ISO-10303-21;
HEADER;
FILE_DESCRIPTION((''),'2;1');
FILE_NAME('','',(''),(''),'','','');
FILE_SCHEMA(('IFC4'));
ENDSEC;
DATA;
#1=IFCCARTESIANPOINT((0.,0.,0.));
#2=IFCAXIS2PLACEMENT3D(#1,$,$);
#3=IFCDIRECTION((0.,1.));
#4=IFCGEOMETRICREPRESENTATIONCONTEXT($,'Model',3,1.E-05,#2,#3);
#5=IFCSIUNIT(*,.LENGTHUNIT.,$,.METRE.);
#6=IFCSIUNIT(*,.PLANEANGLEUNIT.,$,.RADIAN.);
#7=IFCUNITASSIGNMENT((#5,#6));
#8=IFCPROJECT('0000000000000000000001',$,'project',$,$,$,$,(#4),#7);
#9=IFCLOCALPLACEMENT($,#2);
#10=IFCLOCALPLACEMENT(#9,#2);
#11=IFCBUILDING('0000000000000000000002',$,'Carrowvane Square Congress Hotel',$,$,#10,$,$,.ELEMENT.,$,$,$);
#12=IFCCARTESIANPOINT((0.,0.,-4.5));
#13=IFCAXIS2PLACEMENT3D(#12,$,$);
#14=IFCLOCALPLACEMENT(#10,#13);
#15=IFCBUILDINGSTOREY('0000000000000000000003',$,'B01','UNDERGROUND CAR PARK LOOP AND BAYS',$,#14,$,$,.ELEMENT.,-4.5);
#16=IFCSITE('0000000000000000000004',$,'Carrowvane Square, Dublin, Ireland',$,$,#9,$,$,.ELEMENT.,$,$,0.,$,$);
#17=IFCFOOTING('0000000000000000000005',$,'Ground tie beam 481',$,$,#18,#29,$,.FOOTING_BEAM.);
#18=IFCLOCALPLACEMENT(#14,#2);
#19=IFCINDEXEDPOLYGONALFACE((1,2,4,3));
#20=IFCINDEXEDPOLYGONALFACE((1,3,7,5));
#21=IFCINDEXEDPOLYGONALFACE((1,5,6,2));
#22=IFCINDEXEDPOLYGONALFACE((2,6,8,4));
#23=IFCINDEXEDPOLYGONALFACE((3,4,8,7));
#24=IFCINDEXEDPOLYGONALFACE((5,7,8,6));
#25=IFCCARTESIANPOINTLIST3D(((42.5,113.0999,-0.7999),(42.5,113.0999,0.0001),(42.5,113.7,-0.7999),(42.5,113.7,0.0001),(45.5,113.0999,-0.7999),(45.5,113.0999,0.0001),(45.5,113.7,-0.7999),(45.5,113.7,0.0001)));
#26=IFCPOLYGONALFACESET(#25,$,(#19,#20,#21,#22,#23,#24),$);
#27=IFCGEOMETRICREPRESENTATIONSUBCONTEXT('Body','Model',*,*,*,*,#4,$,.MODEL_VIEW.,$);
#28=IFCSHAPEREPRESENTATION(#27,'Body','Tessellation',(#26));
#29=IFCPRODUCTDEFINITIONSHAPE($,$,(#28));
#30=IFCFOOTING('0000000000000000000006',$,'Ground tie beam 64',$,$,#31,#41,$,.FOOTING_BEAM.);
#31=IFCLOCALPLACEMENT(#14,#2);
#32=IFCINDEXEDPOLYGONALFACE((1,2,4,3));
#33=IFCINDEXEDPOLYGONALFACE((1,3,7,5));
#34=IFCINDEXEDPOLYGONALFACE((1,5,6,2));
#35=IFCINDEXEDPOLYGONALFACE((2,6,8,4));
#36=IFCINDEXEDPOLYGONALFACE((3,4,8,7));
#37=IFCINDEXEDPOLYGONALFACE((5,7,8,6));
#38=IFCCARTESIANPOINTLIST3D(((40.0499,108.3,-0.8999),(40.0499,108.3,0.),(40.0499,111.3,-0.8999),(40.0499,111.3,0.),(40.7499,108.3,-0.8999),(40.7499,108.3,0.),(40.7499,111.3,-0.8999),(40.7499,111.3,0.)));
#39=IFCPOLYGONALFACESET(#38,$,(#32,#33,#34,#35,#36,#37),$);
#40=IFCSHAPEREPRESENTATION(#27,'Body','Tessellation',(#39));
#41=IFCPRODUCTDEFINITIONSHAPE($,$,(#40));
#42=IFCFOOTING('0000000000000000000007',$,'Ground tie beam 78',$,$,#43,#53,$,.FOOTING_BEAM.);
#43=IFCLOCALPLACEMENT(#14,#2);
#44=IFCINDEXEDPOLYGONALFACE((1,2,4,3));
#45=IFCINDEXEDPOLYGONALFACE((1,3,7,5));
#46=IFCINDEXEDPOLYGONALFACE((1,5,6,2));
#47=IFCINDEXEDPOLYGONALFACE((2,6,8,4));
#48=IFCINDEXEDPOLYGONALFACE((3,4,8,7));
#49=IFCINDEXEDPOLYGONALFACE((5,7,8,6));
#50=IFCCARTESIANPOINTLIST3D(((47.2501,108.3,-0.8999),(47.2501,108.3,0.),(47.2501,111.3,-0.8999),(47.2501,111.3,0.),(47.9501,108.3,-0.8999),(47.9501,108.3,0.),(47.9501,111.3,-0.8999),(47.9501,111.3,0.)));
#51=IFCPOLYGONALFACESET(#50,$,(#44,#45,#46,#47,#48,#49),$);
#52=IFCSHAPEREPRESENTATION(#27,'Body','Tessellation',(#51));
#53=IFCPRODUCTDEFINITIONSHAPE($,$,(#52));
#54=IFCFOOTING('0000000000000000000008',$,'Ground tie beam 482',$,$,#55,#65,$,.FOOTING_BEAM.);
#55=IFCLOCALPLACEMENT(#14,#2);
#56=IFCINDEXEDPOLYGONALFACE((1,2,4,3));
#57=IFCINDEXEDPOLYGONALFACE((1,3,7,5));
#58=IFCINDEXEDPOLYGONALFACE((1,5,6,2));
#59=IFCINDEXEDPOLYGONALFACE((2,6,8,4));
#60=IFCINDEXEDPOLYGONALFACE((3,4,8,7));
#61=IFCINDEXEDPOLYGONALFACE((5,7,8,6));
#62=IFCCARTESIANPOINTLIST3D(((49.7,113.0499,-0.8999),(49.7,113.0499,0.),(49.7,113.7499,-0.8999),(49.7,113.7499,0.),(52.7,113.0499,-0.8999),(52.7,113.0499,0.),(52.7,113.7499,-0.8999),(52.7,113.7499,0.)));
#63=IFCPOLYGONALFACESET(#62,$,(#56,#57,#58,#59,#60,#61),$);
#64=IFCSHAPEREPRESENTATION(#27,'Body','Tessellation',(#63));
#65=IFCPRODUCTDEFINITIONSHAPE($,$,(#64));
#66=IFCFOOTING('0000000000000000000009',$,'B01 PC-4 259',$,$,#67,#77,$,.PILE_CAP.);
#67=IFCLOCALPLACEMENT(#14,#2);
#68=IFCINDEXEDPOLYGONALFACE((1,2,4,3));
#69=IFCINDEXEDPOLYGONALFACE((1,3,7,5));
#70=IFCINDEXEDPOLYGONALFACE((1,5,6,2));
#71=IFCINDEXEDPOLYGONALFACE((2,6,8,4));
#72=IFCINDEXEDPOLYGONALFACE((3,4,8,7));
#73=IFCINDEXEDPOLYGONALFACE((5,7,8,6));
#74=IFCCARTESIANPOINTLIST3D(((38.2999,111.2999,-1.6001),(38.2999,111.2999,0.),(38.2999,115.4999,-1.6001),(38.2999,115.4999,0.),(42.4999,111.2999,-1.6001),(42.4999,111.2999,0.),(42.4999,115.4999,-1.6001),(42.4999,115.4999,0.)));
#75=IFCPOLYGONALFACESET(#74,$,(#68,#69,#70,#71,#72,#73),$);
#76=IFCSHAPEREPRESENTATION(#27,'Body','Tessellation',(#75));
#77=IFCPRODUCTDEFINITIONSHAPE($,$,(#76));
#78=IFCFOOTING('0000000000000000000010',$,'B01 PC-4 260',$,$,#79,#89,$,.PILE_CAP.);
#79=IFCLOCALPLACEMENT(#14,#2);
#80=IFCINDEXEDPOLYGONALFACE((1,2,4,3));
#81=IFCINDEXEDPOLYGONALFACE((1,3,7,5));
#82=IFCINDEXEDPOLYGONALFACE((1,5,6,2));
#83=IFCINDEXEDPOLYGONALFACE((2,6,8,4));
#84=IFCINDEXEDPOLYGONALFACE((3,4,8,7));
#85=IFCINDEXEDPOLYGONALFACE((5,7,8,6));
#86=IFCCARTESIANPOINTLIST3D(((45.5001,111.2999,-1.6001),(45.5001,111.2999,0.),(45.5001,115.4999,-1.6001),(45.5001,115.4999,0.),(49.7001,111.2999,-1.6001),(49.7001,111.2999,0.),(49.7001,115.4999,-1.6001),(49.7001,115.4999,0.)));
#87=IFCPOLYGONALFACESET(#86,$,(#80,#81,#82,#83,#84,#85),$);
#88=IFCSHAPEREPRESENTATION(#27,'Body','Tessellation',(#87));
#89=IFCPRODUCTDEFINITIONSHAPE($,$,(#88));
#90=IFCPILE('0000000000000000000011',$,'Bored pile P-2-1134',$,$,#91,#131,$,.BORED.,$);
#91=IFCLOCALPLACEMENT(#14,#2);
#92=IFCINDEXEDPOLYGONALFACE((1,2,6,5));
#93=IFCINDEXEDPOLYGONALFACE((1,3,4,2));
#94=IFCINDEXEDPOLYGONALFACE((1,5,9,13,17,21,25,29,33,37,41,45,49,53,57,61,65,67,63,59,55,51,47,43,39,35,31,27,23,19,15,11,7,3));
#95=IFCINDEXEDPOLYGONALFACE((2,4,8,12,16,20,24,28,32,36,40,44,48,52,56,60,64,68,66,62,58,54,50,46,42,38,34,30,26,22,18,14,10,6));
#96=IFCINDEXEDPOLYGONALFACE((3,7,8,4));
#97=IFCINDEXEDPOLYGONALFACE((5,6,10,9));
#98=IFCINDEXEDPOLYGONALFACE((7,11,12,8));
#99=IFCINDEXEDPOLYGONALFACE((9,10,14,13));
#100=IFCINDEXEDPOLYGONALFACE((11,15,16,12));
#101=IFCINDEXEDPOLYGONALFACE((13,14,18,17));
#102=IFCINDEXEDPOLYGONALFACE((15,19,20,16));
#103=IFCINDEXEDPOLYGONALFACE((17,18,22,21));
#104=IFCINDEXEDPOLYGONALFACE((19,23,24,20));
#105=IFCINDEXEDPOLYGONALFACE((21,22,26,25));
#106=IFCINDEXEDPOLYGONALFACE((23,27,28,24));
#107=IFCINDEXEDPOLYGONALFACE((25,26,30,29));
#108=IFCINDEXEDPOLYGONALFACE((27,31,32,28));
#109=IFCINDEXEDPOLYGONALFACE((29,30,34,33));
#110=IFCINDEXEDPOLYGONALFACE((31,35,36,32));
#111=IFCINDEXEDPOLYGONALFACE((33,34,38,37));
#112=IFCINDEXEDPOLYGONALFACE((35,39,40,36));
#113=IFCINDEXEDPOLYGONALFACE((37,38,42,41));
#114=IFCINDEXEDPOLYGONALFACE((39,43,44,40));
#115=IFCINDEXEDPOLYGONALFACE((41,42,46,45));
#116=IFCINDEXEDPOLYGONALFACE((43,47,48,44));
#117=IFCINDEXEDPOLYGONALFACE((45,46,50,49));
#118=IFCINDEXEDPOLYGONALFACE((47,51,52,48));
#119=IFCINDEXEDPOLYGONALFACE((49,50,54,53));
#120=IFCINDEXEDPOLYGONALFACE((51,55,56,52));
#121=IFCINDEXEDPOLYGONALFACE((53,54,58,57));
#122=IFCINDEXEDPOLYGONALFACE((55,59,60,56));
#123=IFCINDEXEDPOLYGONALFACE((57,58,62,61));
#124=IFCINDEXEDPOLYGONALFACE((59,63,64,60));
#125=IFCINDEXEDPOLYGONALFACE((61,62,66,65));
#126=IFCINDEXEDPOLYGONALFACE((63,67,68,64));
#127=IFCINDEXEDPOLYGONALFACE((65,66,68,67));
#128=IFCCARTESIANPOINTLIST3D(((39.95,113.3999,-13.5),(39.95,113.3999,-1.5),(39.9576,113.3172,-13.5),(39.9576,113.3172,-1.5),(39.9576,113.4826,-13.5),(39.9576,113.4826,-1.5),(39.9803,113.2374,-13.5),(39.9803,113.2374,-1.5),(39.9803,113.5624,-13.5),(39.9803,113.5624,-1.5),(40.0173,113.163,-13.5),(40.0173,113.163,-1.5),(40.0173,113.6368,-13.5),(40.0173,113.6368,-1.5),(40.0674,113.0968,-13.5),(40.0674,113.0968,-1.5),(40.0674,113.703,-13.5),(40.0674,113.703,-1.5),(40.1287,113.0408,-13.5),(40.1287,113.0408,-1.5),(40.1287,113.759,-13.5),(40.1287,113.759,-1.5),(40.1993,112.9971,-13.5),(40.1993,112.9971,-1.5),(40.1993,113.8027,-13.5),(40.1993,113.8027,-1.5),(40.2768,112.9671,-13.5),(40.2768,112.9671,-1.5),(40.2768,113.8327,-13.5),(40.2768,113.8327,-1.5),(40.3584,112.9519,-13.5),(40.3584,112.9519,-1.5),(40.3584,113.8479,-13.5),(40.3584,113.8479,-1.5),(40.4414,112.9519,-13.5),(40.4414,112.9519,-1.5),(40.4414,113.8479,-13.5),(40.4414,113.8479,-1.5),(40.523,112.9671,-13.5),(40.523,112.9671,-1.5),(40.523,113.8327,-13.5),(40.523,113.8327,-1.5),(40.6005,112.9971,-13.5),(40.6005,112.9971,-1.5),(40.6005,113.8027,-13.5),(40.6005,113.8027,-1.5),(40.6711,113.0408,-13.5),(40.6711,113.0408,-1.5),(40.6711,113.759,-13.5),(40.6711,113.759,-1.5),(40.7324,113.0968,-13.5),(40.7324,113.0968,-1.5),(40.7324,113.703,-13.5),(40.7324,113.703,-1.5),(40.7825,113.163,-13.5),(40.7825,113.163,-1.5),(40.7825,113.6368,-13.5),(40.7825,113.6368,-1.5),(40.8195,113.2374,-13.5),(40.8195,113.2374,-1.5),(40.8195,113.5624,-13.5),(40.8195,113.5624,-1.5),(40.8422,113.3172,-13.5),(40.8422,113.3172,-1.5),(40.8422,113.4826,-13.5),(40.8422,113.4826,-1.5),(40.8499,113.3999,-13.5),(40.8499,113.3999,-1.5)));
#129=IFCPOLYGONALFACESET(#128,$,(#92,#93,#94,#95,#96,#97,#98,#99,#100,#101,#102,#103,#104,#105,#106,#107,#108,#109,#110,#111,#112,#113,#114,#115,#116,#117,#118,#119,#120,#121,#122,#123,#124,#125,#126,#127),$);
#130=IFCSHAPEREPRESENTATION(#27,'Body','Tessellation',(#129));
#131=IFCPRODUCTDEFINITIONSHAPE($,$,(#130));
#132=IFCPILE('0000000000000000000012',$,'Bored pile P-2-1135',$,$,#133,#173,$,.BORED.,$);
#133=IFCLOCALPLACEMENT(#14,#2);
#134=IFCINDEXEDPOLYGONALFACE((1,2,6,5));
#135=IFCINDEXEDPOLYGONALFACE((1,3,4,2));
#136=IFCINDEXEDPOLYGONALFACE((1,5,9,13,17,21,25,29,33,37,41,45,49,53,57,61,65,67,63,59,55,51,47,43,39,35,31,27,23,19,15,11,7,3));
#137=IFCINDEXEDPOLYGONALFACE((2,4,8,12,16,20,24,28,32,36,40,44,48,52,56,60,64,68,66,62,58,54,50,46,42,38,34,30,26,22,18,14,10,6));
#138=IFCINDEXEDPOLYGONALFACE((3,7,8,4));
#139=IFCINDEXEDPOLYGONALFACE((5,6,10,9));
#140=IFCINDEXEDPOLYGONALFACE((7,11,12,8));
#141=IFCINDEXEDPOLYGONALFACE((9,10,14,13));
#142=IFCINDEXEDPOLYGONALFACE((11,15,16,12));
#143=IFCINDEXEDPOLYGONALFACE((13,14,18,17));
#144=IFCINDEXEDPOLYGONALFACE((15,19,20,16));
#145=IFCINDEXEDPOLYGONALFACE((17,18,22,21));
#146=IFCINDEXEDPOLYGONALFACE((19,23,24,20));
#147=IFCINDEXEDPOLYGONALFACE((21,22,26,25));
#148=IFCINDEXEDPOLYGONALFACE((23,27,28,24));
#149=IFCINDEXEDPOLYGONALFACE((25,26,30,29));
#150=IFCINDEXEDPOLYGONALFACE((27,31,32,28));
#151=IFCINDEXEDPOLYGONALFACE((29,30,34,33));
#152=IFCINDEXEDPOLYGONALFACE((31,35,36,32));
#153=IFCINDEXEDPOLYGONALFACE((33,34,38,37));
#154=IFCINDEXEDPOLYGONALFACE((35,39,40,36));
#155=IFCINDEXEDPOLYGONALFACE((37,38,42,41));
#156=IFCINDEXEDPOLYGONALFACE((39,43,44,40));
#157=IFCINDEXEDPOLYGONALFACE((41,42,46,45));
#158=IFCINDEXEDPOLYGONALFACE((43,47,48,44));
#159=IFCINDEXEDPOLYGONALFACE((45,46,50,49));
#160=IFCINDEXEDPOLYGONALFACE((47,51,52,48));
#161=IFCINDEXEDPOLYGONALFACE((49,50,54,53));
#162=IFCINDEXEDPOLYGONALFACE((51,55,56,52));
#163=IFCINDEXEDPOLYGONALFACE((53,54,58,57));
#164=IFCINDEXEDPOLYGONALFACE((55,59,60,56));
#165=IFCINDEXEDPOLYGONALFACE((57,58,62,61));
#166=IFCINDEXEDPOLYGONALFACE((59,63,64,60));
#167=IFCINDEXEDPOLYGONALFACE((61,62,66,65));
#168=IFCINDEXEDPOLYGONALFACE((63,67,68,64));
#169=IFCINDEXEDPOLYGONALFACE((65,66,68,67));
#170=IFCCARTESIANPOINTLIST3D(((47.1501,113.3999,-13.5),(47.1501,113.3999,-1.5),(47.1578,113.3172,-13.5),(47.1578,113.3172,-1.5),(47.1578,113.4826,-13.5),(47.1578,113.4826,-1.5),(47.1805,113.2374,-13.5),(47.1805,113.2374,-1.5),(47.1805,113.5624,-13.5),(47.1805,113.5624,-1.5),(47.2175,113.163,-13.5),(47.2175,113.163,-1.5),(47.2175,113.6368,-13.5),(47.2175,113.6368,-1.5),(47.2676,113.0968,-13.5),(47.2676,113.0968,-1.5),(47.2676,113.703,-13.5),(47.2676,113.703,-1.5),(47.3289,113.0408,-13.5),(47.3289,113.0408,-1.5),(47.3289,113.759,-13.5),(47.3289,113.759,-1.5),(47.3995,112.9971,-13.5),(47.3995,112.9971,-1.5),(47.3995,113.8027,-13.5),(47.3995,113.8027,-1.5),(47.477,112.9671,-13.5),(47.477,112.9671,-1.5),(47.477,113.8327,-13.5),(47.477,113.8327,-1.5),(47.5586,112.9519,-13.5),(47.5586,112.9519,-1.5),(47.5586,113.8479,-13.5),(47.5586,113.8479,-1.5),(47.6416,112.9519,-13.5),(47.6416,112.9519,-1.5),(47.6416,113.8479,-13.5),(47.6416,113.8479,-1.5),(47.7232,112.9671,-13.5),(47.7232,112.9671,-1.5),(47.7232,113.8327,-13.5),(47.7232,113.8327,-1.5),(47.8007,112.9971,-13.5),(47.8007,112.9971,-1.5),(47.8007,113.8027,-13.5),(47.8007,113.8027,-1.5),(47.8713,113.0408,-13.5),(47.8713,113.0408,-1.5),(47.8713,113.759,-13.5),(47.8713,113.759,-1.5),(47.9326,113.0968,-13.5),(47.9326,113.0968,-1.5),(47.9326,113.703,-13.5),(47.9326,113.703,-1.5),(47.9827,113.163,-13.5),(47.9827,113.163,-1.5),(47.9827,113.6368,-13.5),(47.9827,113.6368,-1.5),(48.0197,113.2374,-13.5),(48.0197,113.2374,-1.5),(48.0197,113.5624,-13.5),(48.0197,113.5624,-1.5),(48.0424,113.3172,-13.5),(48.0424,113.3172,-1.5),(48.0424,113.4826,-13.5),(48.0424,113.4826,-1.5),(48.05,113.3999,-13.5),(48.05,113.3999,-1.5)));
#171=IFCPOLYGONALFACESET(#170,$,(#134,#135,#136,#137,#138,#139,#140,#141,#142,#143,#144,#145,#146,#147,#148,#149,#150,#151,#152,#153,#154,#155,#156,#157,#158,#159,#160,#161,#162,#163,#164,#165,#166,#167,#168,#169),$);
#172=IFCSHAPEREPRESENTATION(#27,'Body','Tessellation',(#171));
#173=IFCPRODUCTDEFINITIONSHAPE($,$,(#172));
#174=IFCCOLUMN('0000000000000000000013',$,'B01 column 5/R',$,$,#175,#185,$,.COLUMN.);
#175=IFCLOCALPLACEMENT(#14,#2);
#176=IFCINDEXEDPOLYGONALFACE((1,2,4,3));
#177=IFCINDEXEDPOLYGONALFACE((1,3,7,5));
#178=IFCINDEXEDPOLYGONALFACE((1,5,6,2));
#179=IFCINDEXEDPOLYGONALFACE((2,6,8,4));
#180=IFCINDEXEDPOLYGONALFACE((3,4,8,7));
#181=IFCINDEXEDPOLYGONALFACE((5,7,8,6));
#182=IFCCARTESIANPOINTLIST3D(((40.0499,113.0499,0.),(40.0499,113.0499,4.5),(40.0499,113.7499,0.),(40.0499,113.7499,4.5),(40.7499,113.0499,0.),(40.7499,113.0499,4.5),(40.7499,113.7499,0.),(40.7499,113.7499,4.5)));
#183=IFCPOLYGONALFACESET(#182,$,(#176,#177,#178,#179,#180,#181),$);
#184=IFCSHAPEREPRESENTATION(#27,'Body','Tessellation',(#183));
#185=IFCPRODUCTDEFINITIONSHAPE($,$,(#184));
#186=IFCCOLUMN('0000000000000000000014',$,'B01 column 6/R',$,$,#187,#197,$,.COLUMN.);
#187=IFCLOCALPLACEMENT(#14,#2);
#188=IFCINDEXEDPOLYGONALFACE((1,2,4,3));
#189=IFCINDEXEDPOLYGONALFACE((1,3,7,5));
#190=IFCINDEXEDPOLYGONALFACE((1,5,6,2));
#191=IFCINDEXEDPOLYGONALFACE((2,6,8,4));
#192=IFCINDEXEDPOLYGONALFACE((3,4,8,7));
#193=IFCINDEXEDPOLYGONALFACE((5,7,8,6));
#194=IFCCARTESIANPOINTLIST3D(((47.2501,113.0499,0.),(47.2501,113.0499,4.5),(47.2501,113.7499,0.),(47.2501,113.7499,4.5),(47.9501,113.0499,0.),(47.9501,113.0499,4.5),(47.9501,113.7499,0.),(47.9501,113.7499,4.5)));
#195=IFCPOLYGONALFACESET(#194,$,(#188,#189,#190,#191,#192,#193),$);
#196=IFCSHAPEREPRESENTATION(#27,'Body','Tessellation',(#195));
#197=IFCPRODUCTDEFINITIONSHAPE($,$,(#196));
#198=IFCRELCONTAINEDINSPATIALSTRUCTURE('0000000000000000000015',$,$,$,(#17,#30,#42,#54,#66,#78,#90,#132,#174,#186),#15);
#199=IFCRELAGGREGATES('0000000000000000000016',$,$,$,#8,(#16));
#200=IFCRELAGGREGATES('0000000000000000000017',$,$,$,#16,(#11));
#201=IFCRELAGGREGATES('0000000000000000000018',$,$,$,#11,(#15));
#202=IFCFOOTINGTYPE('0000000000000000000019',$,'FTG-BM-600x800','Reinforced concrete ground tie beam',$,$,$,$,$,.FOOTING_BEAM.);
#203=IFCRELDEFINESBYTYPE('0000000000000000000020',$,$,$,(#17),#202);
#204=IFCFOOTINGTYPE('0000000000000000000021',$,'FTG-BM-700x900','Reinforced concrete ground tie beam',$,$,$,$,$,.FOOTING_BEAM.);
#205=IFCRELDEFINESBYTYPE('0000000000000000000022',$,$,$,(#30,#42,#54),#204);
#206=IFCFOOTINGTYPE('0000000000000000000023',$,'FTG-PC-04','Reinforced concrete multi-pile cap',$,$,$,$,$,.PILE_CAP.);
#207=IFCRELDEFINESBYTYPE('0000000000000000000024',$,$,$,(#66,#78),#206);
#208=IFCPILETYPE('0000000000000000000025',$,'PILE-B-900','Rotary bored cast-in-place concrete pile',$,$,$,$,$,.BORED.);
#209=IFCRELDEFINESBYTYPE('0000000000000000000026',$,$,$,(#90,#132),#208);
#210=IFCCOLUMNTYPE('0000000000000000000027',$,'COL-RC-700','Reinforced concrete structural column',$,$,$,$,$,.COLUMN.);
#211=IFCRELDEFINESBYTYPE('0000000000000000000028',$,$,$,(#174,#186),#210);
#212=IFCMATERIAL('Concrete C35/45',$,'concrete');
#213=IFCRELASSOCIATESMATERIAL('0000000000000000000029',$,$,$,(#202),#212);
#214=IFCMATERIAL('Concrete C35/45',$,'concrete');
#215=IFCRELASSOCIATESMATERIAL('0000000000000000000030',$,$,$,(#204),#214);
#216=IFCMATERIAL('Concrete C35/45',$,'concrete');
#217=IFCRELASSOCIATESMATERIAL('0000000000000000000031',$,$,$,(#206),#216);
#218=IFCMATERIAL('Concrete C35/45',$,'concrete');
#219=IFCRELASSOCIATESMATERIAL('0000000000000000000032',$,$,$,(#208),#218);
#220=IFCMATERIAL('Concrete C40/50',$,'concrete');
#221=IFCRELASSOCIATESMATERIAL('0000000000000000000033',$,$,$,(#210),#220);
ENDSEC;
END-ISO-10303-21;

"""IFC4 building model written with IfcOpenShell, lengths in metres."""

from ifc_helpers import new_model, si_unit, direction, frame, origin, origin_2d, place, context, subcontext, project, spatial, rectangle, circle, extrude, material, material_profile, profile_set, type_object, element, save


model = new_model("IFC4")

# Units and contexts
model_context = context("Model", 3, precision=1e-05, world=origin(), true_north=direction((0.0, 1.0)))
body_context = subcontext(model_context, "Body", "Model", "MODEL_VIEW")
ifc_project = project(units=[si_unit("LENGTHUNIT", "METRE"), si_unit("PLANEANGLEUNIT", "RADIAN")], contexts=[model_context])

# Site, building, storey
site_placement = place(None, origin())
site = spatial("IfcSite", under=ifc_project, at=site_placement, Name="Carrowvane Square, Dublin, Ireland", CompositionType="ELEMENT", RefElevation=0.0)
building_placement = place(site_placement, origin())
building = spatial("IfcBuilding", under=site, at=building_placement, Name="Carrowvane Square Congress Hotel", CompositionType="ELEMENT")
storey_placement = place(building_placement, frame((0.0, 0.0, -4.5)))
storey = spatial("IfcBuildingStorey", under=building, at=storey_placement, Name="B01", Description="UNDERGROUND CAR PARK LOOP AND BAYS", CompositionType="ELEMENT", Elevation=-4.5)

# Footings
ifc_material_1 = material(Name="Concrete C35/45", Category="concrete")
ifc_material_profile_1 = material_profile(ifc_material_1, rectangle(XDim=0.6001, YDim=0.8, at=origin_2d()), Name="RC 600x800")
ifc_profile_set_1 = profile_set([ifc_material_profile_1], Name="Concrete C35/45")
footing_type_1 = type_object("IfcFootingType", Name="FTG-BM-600x800", Description="Reinforced concrete ground tie beam", PredefinedType="FOOTING_BEAM", material=ifc_profile_set_1)
footing_placement = place(storey_placement, frame((42.5, 113.3999, -0.3999), z_axis=(1.0, 0.0, 0.0), x_axis=(0.0, 1.0, 0.0)))
element("IfcFooting", 1, at=footing_placement, inside=storey, type_object=footing_type_1, Name="Ground tie beam 481", PredefinedType="FOOTING_BEAM", context=body_context, shape_type="SweptSolid", body=[
    extrude(rectangle(XDim=0.6001, YDim=0.8, at=origin_2d()), origin(), (0.0, 0.0, 1.0), 3.0),
])
ifc_material_2 = material(Name="Concrete C35/45", Category="concrete")
ifc_material_profile_2 = material_profile(ifc_material_2, rectangle(XDim=0.7, YDim=0.8999, at=origin_2d()), Name="RC 700x900")
ifc_profile_set_2 = profile_set([ifc_material_profile_2], Name="Concrete C35/45")
footing_type_2 = type_object("IfcFootingType", Name="FTG-BM-700x900", Description="Reinforced concrete ground tie beam", PredefinedType="FOOTING_BEAM", material=ifc_profile_set_2)
for number, where, z_axis, x_axis, name in (
    (2, (40.3999, 108.3, -0.45), (0.0, 1.0, 0.0), (-1.0, 0.0, 0.0), "Ground tie beam 64"),
    (3, (47.6001, 108.3, -0.45), (0.0, 1.0, 0.0), (-1.0, 0.0, 0.0), "Ground tie beam 78"),
    (4, (49.7, 113.3999, -0.45), (1.0, 0.0, 0.0), (0.0, 1.0, 0.0), "Ground tie beam 482"),
):
    element("IfcFooting", number, at=place(storey_placement, frame(where, z_axis=z_axis, x_axis=x_axis)), inside=storey, type_object=footing_type_2, Name=name, PredefinedType="FOOTING_BEAM", context=body_context, shape_type="SweptSolid", body=[
        extrude(rectangle(XDim=0.7, YDim=0.8999, at=origin_2d()), origin(), (0.0, 0.0, 1.0), 3.0),
    ])
ifc_material_3 = material(Name="Concrete C35/45", Category="concrete")
footing_type_3 = type_object("IfcFootingType", Name="FTG-PC-04", Description="Reinforced concrete multi-pile cap", PredefinedType="PILE_CAP", material=ifc_material_3)
for number, where, z_axis, x_axis, name in (
    (5, (40.3999, 113.3999, -1.6001), (0.0, 0.0, 1.0), (1.0, 0.0, 0.0), "B01 PC-4 259"),
    (6, (47.6001, 113.3999, -1.6001), (0.0, 0.0, 1.0), (1.0, 0.0, 0.0), "B01 PC-4 260"),
):
    element("IfcFooting", number, at=place(storey_placement, frame(where, z_axis=z_axis, x_axis=x_axis)), inside=storey, type_object=footing_type_3, Name=name, PredefinedType="PILE_CAP", context=body_context, shape_type="SweptSolid", body=[
        extrude(rectangle(XDim=4.2, YDim=4.2, at=origin_2d()), origin(), (0.0, 0.0, 1.0), 1.6001),
    ])

# Piles
ifc_material_4 = material(Name="Concrete C35/45", Category="concrete")
ifc_material_profile_3 = material_profile(ifc_material_4, circle(Radius=0.45, at=origin_2d()), Name="PILE D900")
ifc_profile_set_3 = profile_set([ifc_material_profile_3], Name="Concrete C35/45")
pile_type = type_object("IfcPileType", Name="PILE-B-900", Description="Rotary bored cast-in-place concrete pile", PredefinedType="BORED", material=ifc_profile_set_3)
for number, where, z_axis, x_axis, name in (
    (7, (40.3999, 113.3999, -1.5), (0.0, 0.0, -1.0), (1.0, 0.0, 0.0), "Bored pile P-2-1134"),
    (8, (47.6001, 113.3999, -1.5), (0.0, 0.0, -1.0), (1.0, 0.0, 0.0), "Bored pile P-2-1135"),
):
    element("IfcPile", number, at=place(storey_placement, frame(where, z_axis=z_axis, x_axis=x_axis)), inside=storey, type_object=pile_type, Name=name, PredefinedType="BORED", context=body_context, shape_type="SweptSolid", body=[
        extrude(circle(Radius=0.45, at=origin_2d()), origin(), (0.0, 0.0, 1.0), 12.0),
    ])

# Columns
ifc_material_5 = material(Name="Concrete C40/50", Category="concrete")
ifc_material_profile_4 = material_profile(ifc_material_5, rectangle(XDim=0.7, YDim=0.7, at=origin_2d()), Name="RC 700x700")
ifc_profile_set_4 = profile_set([ifc_material_profile_4], Name="Concrete C40/50")
column_type = type_object("IfcColumnType", Name="COL-RC-700", Description="Reinforced concrete structural column", PredefinedType="COLUMN", material=ifc_profile_set_4)
for number, where, z_axis, x_axis, name in (
    (9, (40.3999, 113.3999, 0.0), (0.0, 0.0, 1.0), (1.0, 0.0, 0.0), "B01 column 5/R"),
    (10, (47.6001, 113.3999, 0.0), (0.0, 0.0, 1.0), (1.0, 0.0, 0.0), "B01 column 6/R"),
):
    element("IfcColumn", number, at=place(storey_placement, frame(where, z_axis=z_axis, x_axis=x_axis)), inside=storey, type_object=column_type, Name=name, PredefinedType="COLUMN", context=body_context, shape_type="SweptSolid", body=[
        extrude(rectangle(XDim=0.7, YDim=0.7, at=origin_2d()), origin(), (0.0, 0.0, 1.0), 4.5),
    ])

save(model, "model.ifc")
